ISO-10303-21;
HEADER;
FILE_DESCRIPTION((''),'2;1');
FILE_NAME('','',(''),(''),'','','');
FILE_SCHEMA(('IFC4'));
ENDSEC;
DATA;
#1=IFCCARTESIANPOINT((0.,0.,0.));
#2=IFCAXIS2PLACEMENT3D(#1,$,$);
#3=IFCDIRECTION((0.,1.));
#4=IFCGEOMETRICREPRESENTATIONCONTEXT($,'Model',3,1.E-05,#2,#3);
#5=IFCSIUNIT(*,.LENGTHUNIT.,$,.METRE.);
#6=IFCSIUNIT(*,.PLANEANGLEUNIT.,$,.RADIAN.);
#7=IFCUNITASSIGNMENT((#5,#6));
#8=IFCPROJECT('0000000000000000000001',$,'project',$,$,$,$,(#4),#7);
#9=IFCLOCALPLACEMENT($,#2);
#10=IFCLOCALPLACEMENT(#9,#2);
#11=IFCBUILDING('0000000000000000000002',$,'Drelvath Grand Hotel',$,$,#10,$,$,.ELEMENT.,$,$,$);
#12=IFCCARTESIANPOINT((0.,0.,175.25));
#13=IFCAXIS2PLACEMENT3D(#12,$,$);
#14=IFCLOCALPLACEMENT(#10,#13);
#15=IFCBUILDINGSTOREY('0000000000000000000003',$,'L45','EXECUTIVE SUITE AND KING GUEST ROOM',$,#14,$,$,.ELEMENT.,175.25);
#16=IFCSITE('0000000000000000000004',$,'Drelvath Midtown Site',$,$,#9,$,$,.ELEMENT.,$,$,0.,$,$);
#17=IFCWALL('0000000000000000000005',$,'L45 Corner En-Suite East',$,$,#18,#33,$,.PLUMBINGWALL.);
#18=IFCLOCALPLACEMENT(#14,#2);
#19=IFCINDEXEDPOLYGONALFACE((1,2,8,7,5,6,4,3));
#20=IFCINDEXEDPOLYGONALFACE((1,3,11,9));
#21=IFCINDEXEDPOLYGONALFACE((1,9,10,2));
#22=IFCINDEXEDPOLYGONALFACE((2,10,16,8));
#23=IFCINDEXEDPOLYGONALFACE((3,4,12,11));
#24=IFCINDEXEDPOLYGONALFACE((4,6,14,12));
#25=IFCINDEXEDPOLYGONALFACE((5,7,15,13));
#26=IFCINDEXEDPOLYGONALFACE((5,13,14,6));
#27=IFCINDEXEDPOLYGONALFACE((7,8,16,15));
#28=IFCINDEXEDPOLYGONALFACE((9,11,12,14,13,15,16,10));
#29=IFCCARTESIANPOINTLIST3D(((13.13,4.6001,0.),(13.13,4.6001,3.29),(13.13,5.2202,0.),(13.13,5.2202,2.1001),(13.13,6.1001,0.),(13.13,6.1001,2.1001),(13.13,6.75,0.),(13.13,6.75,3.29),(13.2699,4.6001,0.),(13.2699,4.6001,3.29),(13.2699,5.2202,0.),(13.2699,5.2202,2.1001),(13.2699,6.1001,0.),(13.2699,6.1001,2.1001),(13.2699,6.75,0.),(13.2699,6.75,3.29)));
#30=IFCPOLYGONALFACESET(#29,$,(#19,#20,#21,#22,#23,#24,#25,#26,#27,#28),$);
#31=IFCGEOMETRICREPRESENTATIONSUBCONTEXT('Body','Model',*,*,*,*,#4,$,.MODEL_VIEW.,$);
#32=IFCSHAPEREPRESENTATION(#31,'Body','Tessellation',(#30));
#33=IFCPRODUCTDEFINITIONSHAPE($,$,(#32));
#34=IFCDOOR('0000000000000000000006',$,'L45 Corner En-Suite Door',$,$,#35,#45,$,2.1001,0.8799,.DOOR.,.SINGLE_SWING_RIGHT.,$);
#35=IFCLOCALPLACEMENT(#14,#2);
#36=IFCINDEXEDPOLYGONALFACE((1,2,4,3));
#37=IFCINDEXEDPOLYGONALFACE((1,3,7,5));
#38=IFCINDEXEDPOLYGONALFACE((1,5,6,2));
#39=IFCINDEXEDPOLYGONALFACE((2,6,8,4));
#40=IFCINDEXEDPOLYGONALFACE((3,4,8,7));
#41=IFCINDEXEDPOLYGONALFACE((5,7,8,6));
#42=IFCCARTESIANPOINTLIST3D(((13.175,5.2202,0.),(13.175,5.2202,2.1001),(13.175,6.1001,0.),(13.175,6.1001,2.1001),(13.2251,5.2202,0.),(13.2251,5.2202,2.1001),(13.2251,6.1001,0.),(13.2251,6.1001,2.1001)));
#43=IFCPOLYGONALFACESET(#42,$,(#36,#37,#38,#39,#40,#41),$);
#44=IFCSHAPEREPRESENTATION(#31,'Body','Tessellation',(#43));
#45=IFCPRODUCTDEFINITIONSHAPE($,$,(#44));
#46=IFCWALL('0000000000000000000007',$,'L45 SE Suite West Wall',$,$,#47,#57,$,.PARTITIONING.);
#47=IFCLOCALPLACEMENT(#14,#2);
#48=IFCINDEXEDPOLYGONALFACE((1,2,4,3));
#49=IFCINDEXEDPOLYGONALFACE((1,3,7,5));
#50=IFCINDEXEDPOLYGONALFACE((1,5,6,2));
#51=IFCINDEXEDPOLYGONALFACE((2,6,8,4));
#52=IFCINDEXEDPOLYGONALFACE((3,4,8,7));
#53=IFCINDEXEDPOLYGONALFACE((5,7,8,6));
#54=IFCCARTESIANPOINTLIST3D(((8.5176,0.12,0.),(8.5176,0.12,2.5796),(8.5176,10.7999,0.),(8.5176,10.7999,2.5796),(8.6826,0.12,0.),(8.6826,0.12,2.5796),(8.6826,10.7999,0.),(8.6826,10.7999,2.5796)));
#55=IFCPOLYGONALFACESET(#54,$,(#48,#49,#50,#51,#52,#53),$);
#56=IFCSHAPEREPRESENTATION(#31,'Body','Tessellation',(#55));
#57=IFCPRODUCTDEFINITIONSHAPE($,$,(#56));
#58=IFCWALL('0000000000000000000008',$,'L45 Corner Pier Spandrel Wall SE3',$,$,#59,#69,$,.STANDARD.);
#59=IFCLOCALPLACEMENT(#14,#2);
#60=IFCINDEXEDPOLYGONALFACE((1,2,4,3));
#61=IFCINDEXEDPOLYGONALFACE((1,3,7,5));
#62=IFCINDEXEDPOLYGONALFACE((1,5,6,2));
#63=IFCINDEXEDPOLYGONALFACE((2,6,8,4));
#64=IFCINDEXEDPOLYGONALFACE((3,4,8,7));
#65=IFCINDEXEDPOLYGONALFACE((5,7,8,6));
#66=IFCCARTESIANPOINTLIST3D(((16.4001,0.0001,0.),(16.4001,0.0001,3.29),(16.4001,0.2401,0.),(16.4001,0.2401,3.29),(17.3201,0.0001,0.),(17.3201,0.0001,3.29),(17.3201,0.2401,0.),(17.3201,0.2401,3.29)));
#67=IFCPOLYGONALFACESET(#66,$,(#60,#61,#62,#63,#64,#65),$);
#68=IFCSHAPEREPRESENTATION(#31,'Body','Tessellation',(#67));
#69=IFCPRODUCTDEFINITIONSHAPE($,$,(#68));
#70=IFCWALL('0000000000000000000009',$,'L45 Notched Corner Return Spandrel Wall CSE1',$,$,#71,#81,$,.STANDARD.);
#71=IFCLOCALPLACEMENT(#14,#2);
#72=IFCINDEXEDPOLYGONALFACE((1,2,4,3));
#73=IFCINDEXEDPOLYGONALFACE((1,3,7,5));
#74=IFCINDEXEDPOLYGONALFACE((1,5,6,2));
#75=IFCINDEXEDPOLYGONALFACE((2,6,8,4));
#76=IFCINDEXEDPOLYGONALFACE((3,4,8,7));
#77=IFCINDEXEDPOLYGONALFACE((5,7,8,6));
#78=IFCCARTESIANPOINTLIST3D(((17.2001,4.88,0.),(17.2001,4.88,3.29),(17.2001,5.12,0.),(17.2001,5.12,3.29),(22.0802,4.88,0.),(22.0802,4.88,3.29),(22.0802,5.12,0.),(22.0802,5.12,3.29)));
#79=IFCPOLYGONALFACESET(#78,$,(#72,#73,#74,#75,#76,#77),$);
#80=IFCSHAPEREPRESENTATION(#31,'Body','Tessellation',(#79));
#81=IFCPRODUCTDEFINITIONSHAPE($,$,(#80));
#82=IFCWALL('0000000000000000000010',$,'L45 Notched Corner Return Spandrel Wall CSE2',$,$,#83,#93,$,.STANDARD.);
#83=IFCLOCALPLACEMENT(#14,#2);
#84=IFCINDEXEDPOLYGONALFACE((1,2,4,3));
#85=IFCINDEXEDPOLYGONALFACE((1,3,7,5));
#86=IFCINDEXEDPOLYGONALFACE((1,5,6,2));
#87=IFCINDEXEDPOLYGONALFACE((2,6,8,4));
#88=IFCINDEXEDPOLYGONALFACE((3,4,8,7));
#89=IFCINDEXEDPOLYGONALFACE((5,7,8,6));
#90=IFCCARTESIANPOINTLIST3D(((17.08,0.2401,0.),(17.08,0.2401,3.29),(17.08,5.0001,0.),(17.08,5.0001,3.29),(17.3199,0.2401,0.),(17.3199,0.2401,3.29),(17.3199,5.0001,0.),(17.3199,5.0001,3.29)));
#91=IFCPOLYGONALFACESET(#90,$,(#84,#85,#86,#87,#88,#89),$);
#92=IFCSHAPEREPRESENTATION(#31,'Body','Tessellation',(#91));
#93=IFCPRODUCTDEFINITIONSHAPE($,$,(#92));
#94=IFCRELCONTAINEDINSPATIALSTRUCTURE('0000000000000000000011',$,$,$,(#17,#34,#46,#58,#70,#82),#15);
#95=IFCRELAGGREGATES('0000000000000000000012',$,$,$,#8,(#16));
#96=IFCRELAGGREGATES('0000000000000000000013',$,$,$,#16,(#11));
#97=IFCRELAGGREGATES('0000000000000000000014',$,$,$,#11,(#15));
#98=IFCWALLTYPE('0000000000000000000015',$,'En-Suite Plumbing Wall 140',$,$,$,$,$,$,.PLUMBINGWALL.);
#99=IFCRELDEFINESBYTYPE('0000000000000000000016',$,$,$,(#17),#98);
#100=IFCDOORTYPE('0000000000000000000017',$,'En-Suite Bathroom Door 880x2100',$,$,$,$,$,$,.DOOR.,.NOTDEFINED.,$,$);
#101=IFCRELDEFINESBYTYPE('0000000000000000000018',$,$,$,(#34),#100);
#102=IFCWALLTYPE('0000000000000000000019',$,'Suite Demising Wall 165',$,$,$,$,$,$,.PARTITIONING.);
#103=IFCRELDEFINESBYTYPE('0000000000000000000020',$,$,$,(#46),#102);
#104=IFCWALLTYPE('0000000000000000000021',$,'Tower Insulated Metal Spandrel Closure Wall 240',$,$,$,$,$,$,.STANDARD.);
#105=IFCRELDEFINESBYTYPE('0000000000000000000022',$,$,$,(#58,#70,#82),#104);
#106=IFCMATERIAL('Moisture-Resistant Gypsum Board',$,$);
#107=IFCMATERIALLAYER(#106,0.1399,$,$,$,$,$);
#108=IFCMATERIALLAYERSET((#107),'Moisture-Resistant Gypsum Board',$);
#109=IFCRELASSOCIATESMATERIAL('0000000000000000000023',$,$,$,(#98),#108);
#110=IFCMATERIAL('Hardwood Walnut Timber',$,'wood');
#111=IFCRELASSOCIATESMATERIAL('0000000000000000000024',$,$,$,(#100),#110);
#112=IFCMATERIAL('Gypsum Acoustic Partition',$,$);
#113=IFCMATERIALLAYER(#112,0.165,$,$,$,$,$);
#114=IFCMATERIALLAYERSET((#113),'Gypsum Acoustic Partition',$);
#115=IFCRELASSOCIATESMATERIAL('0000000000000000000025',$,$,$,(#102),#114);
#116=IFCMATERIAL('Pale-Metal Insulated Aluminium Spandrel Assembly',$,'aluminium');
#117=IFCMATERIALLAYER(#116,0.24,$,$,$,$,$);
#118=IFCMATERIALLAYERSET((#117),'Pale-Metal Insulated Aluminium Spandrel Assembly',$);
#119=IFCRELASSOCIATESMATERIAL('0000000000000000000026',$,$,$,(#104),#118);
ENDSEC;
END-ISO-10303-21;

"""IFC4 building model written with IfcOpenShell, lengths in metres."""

from ifc_helpers import new_model, si_unit, direction, frame, frame_2d, origin, place, context, subcontext, project, spatial, rectangle, extrude, material, layer, layer_set, type_object, element, fill, save


model = new_model("IFC4")

# Units and contexts
model_context = context("Model", 3, precision=1e-05, world=origin(), true_north=direction((0.0, 1.0)))
body_context = subcontext(model_context, "Body", "Model", "MODEL_VIEW")
ifc_project = project(units=[si_unit("LENGTHUNIT", "METRE"), si_unit("PLANEANGLEUNIT", "RADIAN")], contexts=[model_context])

# Site, building, storey
site_placement = place(None, origin())
site = spatial("IfcSite", under=ifc_project, at=site_placement, Name="Drelvath Midtown Site", CompositionType="ELEMENT", RefElevation=0.0)
building_placement = place(site_placement, origin())
building = spatial("IfcBuilding", under=site, at=building_placement, Name="Drelvath Grand Hotel", CompositionType="ELEMENT")
storey_placement = place(building_placement, frame((0.0, 0.0, 175.25)))
storey = spatial("IfcBuildingStorey", under=building, at=storey_placement, Name="L45", Description="EXECUTIVE SUITE AND KING GUEST ROOM", CompositionType="ELEMENT", Elevation=175.25)

# Shared definitions
ifc_material_1 = material(Name="Hardwood Walnut Timber", Category="wood")

# Shared definitions
ifc_material_2 = material(Name="Moisture-Resistant Gypsum Board")
ifc_layer_1 = layer(ifc_material_2, 0.1399)
ifc_layer_set_1 = layer_set([ifc_layer_1], Name="Moisture-Resistant Gypsum Board")
wall_type_1 = type_object("IfcWallType", Name="En-Suite Plumbing Wall 140", PredefinedType="PLUMBINGWALL", material=ifc_layer_set_1)

# Wall, opening, door
wall_1_placement = place(storey_placement, frame((13.2, 4.6001, 0.0), z_axis=(0.0, 0.0, 1.0), x_axis=(0.0, 1.0, 0.0)))
wall_1 = element("IfcWall", 1, at=wall_1_placement, inside=storey, type_object=wall_type_1, Name="L45 Corner En-Suite East", PredefinedType="PLUMBINGWALL", context=body_context, shape_type="SweptSolid", body=[
    extrude(rectangle(XDim=2.1499, YDim=0.1399, at=frame_2d((1.075, 0.0))), origin(), (0.0, 0.0, 1.0), 3.29),
])
opening_1_placement = place(wall_1_placement, frame((0.6201, 0.0, 0.0)))
opening_1 = element("IfcOpeningElement", 2, at=opening_1_placement, cuts=wall_1, PredefinedType="OPENING", context=body_context, shape_type="SweptSolid", body=[
    extrude(rectangle(XDim=0.8799, YDim=2.1001, at=frame_2d((0.4399, 1.05))), frame((0.0, 0.0798, 0.0), z_axis=(0.0, -1.0, 0.0), x_axis=(1.0, 0.0, 0.0)), (0.0, 0.0, 1.0), 0.1599),
])
door_type_1 = type_object("IfcDoorType", Name="En-Suite Bathroom Door 880x2100", OperationType="NOTDEFINED", PredefinedType="DOOR", material=ifc_material_1)
door_1_placement = place(opening_1_placement, origin())
door_1 = element("IfcDoor", 3, at=door_1_placement, inside=storey, type_object=door_type_1, Name="L45 Corner En-Suite Door", OperationType="SINGLE_SWING_RIGHT", OverallHeight=2.1001, OverallWidth=0.8799, PredefinedType="DOOR", context=body_context, shape_type="SweptSolid", body=[
    extrude(rectangle(XDim=0.8799, YDim=2.1001, at=frame_2d((0.4399, 1.05))), frame((0.0, 0.0249, 0.0), z_axis=(0.0, -1.0, 0.0), x_axis=(1.0, 0.0, 0.0)), (0.0, 0.0, 1.0), 0.05),
])
fill(opening_1, door_1)

# Walls
ifc_material_3 = material(Name="Gypsum Acoustic Partition")
ifc_layer_2 = layer(ifc_material_3, 0.165)
ifc_layer_set_2 = layer_set([ifc_layer_2], Name="Gypsum Acoustic Partition")
wall_type_2 = type_object("IfcWallType", Name="Suite Demising Wall 165", PredefinedType="PARTITIONING", material=ifc_layer_set_2)
wall_2_placement = place(storey_placement, frame((8.6001, 0.1201, 0.0), z_axis=(0.0, 0.0, 1.0), x_axis=(0.0, 1.0, 0.0)))
element("IfcWall", 4, at=wall_2_placement, inside=storey, type_object=wall_type_2, Name="L45 SE Suite West Wall", PredefinedType="PARTITIONING", context=body_context, shape_type="SweptSolid", body=[
    extrude(rectangle(XDim=10.6799, YDim=0.165, at=frame_2d((5.3398, 0.0))), origin(), (0.0, 0.0, 1.0), 2.5796),
])
ifc_material_4 = material(Name="Pale-Metal Insulated Aluminium Spandrel Assembly", Category="aluminium")
ifc_layer_3 = layer(ifc_material_4, 0.24)
ifc_layer_set_3 = layer_set([ifc_layer_3], Name="Pale-Metal Insulated Aluminium Spandrel Assembly")
wall_type_3 = type_object("IfcWallType", Name="Tower Insulated Metal Spandrel Closure Wall 240", PredefinedType="STANDARD", material=ifc_layer_set_3)
wall_3_placement = place(storey_placement, frame((17.3201, 0.1201, 0.0), z_axis=(0.0, 0.0, 1.0), x_axis=(-1.0, 0.0, 0.0)))
element("IfcWall", 5, at=wall_3_placement, inside=storey, type_object=wall_type_3, Name="L45 Corner Pier Spandrel Wall SE3", PredefinedType="STANDARD", context=body_context, shape_type="SweptSolid", body=[
    extrude(rectangle(XDim=0.9199, YDim=0.24, at=frame_2d((0.46, 0.0))), origin(), (0.0, 0.0, 1.0), 3.29),
])
wall_4_placement = place(storey_placement, frame((22.0801, 5.0, 0.0), z_axis=(0.0, 0.0, 1.0), x_axis=(-1.0, 0.0, 0.0)))
element("IfcWall", 6, at=wall_4_placement, inside=storey, type_object=wall_type_3, Name="L45 Notched Corner Return Spandrel Wall CSE1", PredefinedType="STANDARD", context=body_context, shape_type="SweptSolid", body=[
    extrude(rectangle(XDim=4.8801, YDim=0.24, at=frame_2d((2.4399, 0.0))), origin(), (0.0, 0.0, 1.0), 3.29),
])
wall_5_placement = place(storey_placement, frame((17.2, 5.0, 0.0), z_axis=(0.0, 0.0, 1.0), x_axis=(0.0, -1.0, 0.0)))
element("IfcWall", 7, at=wall_5_placement, inside=storey, type_object=wall_type_3, Name="L45 Notched Corner Return Spandrel Wall CSE2", PredefinedType="STANDARD", context=body_context, shape_type="SweptSolid", body=[
    extrude(rectangle(XDim=4.76, YDim=0.24, at=frame_2d((2.3799, 0.0))), origin(), (0.0, 0.0, 1.0), 3.29),
])

save(model, "model.ifc")
